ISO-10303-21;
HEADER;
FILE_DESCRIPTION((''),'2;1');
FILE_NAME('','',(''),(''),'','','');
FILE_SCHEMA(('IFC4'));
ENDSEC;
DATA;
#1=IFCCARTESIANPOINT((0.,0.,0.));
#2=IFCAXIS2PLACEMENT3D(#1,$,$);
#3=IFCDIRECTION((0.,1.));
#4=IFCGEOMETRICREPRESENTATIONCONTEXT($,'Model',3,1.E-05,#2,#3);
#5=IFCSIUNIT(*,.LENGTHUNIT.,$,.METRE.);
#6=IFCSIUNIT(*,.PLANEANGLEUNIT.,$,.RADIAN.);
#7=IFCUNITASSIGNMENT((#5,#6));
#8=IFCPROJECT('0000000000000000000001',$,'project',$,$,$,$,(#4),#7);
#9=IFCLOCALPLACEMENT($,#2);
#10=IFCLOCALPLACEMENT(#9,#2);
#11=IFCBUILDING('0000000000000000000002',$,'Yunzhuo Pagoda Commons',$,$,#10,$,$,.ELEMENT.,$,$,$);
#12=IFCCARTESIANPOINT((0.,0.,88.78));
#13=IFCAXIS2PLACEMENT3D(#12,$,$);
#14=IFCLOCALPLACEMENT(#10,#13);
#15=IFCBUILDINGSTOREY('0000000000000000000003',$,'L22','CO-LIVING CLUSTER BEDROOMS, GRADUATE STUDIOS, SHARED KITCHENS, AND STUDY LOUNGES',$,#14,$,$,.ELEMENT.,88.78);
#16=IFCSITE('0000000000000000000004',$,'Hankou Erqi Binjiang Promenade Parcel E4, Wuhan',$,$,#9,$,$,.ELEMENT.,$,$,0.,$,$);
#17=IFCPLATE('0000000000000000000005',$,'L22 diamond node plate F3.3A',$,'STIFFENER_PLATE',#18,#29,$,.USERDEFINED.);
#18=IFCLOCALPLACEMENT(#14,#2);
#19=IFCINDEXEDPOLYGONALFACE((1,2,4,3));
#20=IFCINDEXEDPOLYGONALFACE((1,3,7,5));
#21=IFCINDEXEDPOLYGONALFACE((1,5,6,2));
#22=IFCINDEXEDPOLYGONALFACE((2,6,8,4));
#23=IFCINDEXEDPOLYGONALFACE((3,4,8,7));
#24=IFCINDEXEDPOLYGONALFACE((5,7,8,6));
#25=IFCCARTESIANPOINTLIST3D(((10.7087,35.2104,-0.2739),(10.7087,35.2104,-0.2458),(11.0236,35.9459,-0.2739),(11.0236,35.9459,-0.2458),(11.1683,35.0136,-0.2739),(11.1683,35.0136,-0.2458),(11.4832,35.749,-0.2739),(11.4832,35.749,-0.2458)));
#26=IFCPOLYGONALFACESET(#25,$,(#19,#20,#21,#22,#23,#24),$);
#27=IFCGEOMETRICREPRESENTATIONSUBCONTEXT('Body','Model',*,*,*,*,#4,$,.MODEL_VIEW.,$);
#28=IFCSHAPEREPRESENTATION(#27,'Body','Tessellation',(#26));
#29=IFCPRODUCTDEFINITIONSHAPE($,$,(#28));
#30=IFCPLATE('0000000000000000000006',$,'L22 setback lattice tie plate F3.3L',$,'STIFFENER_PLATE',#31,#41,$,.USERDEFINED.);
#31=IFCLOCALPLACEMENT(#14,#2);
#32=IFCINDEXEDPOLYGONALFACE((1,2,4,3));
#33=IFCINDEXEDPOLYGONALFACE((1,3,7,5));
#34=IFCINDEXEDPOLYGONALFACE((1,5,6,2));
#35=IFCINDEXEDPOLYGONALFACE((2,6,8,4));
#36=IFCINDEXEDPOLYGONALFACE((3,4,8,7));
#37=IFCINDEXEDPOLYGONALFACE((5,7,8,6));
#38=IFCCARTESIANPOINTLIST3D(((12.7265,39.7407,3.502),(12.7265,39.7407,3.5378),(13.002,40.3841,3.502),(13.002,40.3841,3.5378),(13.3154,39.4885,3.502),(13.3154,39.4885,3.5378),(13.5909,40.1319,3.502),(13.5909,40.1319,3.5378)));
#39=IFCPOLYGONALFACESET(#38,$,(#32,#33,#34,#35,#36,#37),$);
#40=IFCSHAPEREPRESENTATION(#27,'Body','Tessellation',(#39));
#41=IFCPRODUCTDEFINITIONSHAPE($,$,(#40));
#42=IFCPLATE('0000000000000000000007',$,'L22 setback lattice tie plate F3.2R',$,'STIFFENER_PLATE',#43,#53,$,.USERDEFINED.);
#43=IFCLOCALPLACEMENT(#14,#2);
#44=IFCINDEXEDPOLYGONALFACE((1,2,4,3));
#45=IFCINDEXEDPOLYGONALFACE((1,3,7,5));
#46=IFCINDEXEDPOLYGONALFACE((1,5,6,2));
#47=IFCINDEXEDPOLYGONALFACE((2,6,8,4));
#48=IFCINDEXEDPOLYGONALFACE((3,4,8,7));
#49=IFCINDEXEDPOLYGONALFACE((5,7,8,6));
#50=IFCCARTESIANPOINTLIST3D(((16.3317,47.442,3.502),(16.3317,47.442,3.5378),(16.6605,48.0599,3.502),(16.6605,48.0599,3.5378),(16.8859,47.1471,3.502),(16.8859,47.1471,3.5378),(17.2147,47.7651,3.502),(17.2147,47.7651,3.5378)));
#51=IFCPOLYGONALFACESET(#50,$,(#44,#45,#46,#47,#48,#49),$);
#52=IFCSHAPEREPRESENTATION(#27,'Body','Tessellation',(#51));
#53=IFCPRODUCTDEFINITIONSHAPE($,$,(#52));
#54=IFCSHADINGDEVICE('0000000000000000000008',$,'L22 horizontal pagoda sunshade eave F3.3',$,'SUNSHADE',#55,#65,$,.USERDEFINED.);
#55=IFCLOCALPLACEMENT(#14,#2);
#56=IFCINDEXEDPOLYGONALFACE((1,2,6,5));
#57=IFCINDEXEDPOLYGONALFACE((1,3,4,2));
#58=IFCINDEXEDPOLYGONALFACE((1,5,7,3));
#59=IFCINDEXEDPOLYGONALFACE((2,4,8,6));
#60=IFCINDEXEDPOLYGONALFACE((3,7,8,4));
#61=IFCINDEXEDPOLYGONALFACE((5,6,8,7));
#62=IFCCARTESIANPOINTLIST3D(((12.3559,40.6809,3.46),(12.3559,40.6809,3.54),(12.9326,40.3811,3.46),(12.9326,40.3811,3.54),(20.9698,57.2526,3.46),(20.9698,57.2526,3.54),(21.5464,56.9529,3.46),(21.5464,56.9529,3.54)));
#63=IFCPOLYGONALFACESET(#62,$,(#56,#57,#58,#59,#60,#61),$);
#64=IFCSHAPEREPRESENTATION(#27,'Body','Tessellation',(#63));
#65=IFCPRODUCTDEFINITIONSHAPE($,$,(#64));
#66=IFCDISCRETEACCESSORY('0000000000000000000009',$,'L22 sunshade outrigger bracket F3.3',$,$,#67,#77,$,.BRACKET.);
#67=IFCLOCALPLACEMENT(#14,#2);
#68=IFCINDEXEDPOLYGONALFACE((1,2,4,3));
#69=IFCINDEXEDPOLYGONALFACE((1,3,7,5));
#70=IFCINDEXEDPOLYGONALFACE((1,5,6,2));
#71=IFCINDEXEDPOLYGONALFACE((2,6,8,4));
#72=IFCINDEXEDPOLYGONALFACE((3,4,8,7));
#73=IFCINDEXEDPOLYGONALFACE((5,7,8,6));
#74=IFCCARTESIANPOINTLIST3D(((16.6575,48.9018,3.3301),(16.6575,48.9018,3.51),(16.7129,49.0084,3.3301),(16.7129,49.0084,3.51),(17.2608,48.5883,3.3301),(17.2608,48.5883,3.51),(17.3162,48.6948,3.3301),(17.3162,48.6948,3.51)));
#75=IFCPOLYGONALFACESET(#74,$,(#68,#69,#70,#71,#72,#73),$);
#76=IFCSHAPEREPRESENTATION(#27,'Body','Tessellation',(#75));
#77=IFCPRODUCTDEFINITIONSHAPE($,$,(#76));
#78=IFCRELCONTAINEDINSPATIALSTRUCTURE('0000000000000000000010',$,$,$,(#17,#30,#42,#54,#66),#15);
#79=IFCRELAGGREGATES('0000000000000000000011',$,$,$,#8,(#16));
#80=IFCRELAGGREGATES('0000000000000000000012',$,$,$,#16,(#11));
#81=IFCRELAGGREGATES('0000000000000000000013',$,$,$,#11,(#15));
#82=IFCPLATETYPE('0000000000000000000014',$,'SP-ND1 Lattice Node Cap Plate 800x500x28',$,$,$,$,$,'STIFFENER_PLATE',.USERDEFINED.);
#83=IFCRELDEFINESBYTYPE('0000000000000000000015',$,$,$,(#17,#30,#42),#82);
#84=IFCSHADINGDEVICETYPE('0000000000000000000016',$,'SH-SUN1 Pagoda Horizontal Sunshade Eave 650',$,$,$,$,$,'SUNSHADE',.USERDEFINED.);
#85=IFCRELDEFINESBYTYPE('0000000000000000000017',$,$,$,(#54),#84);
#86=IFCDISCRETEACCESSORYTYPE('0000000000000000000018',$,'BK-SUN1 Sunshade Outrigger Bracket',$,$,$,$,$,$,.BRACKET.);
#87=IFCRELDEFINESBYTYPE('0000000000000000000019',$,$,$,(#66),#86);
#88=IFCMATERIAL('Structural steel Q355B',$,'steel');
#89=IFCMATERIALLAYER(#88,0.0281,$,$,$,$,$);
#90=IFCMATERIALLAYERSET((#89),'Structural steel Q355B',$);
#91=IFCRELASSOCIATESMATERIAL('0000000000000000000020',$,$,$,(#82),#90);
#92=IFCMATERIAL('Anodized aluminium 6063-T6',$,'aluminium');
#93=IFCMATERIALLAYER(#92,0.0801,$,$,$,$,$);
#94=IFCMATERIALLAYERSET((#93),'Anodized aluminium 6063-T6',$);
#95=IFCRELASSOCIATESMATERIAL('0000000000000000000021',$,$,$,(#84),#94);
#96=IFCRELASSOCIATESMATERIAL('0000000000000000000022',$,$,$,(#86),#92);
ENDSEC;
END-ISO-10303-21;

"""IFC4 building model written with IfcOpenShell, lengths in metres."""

from ifc_helpers import new_model, si_unit, direction, frame, origin, origin_2d, place, context, subcontext, project, spatial, rectangle, extrude, source, transform, mapped, material, layer, layer_set, type_object, element, save


model = new_model("IFC4")

# Units and contexts
model_context = context("Model", 3, precision=1e-05, world=origin(), true_north=direction((0.0, 1.0)))
body_context = subcontext(model_context, "Body", "Model", "MODEL_VIEW")
ifc_project = project(units=[si_unit("LENGTHUNIT", "METRE"), si_unit("PLANEANGLEUNIT", "RADIAN")], contexts=[model_context])

# Site, building, storey
site_placement = place(None, origin())
site = spatial("IfcSite", under=ifc_project, at=site_placement, Name="Hankou Erqi Binjiang Promenade Parcel E4, Wuhan", CompositionType="ELEMENT", RefElevation=0.0)
building_placement = place(site_placement, origin())
building = spatial("IfcBuilding", under=site, at=building_placement, Name="Yunzhuo Pagoda Commons", CompositionType="ELEMENT")
storey_placement = place(building_placement, frame((0.0, 0.0, 88.78)))
storey = spatial("IfcBuildingStorey", under=building, at=storey_placement, Name="L22", Description="CO-LIVING CLUSTER BEDROOMS, GRADUATE STUDIOS, SHARED KITCHENS, AND STUDY LOUNGES", CompositionType="ELEMENT", Elevation=88.78)

# Shared definitions
ifc_material_1 = material(Name="Structural steel Q355B", Category="steel")

# Shared definitions
ifc_material_2 = material(Name="Anodized aluminium 6063-T6", Category="aluminium")

# Plates
ifc_layer_1 = layer(ifc_material_1, 0.0281)
ifc_layer_set_1 = layer_set([ifc_layer_1], Name="Structural steel Q355B")
plate_type_1 = type_object("IfcPlateType", Name="SP-ND1 Lattice Node Cap Plate 800x500x28", ElementType="STIFFENER_PLATE", PredefinedType="USERDEFINED", material=ifc_layer_set_1)
shared_shape_1 = source(origin(), body_context, "Body", "SweptSolid", [
    extrude(rectangle(XDim=0.8, YDim=0.5, at=origin_2d()), origin(), (0.0, 0.0, 1.0), 0.0281),
])
for number, where, z_axis, x_axis, name in (
    (1, (11.0959, 35.4797, -0.2739), (0.0, 0.0, 1.0), (-0.393669, -0.919252, 0.0), "L22 diamond node plate F3.3A"),
):
    element("IfcPlate", number, at=place(storey_placement, frame(where, z_axis=z_axis, x_axis=x_axis)), inside=storey, type_object=plate_type_1, Name=name, ObjectType="STIFFENER_PLATE", PredefinedType="USERDEFINED", context=body_context, shape_type="MappedRepresentation", body=[
        mapped(shared_shape_1, transform((0.0, 0.0, 0.0), scale=1.0)),
    ])
shared_shape_2 = source(origin(), body_context, "Body", "SweptSolid", [
    extrude(rectangle(XDim=0.7, YDim=0.6406, at=origin_2d()), origin(), (0.0, 0.0, 1.0), 0.0359),
])
plate_1_placement = place(storey_placement, frame((13.1587, 39.9363, 3.502), z_axis=(0.0, 0.0, 1.0), x_axis=(-0.393669, -0.919252, 0.0)))
element("IfcPlate", 2, at=plate_1_placement, inside=storey, type_object=plate_type_1, Name="L22 setback lattice tie plate F3.3L", ObjectType="STIFFENER_PLATE", PredefinedType="USERDEFINED", context=body_context, shape_type="MappedRepresentation", body=[
    mapped(shared_shape_2, transform((0.0, 0.0, 0.0), scale=1.0)),
])
shared_shape_3 = source(origin(), body_context, "Body", "SweptSolid", [
    extrude(rectangle(XDim=0.7, YDim=0.6277, at=origin_2d()), origin(), (0.0, 0.0, 1.0), 0.0359),
])
plate_2_placement = place(storey_placement, frame((16.7732, 47.6035, 3.502), z_axis=(0.0, 0.0, 1.0), x_axis=(-0.469734, -0.882808, 0.0)))
element("IfcPlate", 3, at=plate_2_placement, inside=storey, type_object=plate_type_1, Name="L22 setback lattice tie plate F3.2R", ObjectType="STIFFENER_PLATE", PredefinedType="USERDEFINED", context=body_context, shape_type="MappedRepresentation", body=[
    mapped(shared_shape_3, transform((0.0, 0.0, 0.0), scale=1.0)),
])

# Shading device
ifc_layer_2 = layer(ifc_material_2, 0.0801)
ifc_layer_set_2 = layer_set([ifc_layer_2], Name="Anodized aluminium 6063-T6")
shading_device_type = type_object("IfcShadingDeviceType", Name="SH-SUN1 Pagoda Horizontal Sunshade Eave 650", ElementType="SUNSHADE", PredefinedType="USERDEFINED", material=ifc_layer_set_2)
shared_shape_4 = source(origin(), body_context, "Body", "SweptSolid", [
    extrude(rectangle(XDim=18.6768, YDim=0.6499, at=origin_2d()), origin(), (0.0, 0.0, 1.0), 0.0801),
])
shading_device_placement = place(storey_placement, frame((16.9512, 48.8169, 3.46), z_axis=(0.0, 0.0, 1.0), x_axis=(-0.461207, -0.887293, 0.0)))
element("IfcShadingDevice", 4, at=shading_device_placement, inside=storey, type_object=shading_device_type, Name="L22 horizontal pagoda sunshade eave F3.3", ObjectType="SUNSHADE", PredefinedType="USERDEFINED", context=body_context, shape_type="MappedRepresentation", body=[
    mapped(shared_shape_4, transform((0.0, 0.0, 0.0), scale=1.0)),
])

# Discrete accessory
discrete_accessory_type = type_object("IfcDiscreteAccessoryType", Name="BK-SUN1 Sunshade Outrigger Bracket", PredefinedType="BRACKET", material=ifc_material_2)
shared_shape_5 = source(origin(), body_context, "Body", "SweptSolid", [
    extrude(rectangle(XDim=0.1201, YDim=0.6799, at=origin_2d()), origin(), (0.0, 0.0, 1.0), 0.1799),
])
discrete_accessory_placement = place(storey_placement, frame((16.9868, 48.7983, 3.3301), z_axis=(0.0, 0.0, 1.0), x_axis=(-0.461207, -0.887293, 0.0)))
element("IfcDiscreteAccessory", 5, at=discrete_accessory_placement, inside=storey, type_object=discrete_accessory_type, Name="L22 sunshade outrigger bracket F3.3", PredefinedType="BRACKET", context=body_context, shape_type="MappedRepresentation", body=[
    mapped(shared_shape_5, transform((0.0, 0.0, 0.0), scale=1.0)),
])

save(model, "model.ifc")
